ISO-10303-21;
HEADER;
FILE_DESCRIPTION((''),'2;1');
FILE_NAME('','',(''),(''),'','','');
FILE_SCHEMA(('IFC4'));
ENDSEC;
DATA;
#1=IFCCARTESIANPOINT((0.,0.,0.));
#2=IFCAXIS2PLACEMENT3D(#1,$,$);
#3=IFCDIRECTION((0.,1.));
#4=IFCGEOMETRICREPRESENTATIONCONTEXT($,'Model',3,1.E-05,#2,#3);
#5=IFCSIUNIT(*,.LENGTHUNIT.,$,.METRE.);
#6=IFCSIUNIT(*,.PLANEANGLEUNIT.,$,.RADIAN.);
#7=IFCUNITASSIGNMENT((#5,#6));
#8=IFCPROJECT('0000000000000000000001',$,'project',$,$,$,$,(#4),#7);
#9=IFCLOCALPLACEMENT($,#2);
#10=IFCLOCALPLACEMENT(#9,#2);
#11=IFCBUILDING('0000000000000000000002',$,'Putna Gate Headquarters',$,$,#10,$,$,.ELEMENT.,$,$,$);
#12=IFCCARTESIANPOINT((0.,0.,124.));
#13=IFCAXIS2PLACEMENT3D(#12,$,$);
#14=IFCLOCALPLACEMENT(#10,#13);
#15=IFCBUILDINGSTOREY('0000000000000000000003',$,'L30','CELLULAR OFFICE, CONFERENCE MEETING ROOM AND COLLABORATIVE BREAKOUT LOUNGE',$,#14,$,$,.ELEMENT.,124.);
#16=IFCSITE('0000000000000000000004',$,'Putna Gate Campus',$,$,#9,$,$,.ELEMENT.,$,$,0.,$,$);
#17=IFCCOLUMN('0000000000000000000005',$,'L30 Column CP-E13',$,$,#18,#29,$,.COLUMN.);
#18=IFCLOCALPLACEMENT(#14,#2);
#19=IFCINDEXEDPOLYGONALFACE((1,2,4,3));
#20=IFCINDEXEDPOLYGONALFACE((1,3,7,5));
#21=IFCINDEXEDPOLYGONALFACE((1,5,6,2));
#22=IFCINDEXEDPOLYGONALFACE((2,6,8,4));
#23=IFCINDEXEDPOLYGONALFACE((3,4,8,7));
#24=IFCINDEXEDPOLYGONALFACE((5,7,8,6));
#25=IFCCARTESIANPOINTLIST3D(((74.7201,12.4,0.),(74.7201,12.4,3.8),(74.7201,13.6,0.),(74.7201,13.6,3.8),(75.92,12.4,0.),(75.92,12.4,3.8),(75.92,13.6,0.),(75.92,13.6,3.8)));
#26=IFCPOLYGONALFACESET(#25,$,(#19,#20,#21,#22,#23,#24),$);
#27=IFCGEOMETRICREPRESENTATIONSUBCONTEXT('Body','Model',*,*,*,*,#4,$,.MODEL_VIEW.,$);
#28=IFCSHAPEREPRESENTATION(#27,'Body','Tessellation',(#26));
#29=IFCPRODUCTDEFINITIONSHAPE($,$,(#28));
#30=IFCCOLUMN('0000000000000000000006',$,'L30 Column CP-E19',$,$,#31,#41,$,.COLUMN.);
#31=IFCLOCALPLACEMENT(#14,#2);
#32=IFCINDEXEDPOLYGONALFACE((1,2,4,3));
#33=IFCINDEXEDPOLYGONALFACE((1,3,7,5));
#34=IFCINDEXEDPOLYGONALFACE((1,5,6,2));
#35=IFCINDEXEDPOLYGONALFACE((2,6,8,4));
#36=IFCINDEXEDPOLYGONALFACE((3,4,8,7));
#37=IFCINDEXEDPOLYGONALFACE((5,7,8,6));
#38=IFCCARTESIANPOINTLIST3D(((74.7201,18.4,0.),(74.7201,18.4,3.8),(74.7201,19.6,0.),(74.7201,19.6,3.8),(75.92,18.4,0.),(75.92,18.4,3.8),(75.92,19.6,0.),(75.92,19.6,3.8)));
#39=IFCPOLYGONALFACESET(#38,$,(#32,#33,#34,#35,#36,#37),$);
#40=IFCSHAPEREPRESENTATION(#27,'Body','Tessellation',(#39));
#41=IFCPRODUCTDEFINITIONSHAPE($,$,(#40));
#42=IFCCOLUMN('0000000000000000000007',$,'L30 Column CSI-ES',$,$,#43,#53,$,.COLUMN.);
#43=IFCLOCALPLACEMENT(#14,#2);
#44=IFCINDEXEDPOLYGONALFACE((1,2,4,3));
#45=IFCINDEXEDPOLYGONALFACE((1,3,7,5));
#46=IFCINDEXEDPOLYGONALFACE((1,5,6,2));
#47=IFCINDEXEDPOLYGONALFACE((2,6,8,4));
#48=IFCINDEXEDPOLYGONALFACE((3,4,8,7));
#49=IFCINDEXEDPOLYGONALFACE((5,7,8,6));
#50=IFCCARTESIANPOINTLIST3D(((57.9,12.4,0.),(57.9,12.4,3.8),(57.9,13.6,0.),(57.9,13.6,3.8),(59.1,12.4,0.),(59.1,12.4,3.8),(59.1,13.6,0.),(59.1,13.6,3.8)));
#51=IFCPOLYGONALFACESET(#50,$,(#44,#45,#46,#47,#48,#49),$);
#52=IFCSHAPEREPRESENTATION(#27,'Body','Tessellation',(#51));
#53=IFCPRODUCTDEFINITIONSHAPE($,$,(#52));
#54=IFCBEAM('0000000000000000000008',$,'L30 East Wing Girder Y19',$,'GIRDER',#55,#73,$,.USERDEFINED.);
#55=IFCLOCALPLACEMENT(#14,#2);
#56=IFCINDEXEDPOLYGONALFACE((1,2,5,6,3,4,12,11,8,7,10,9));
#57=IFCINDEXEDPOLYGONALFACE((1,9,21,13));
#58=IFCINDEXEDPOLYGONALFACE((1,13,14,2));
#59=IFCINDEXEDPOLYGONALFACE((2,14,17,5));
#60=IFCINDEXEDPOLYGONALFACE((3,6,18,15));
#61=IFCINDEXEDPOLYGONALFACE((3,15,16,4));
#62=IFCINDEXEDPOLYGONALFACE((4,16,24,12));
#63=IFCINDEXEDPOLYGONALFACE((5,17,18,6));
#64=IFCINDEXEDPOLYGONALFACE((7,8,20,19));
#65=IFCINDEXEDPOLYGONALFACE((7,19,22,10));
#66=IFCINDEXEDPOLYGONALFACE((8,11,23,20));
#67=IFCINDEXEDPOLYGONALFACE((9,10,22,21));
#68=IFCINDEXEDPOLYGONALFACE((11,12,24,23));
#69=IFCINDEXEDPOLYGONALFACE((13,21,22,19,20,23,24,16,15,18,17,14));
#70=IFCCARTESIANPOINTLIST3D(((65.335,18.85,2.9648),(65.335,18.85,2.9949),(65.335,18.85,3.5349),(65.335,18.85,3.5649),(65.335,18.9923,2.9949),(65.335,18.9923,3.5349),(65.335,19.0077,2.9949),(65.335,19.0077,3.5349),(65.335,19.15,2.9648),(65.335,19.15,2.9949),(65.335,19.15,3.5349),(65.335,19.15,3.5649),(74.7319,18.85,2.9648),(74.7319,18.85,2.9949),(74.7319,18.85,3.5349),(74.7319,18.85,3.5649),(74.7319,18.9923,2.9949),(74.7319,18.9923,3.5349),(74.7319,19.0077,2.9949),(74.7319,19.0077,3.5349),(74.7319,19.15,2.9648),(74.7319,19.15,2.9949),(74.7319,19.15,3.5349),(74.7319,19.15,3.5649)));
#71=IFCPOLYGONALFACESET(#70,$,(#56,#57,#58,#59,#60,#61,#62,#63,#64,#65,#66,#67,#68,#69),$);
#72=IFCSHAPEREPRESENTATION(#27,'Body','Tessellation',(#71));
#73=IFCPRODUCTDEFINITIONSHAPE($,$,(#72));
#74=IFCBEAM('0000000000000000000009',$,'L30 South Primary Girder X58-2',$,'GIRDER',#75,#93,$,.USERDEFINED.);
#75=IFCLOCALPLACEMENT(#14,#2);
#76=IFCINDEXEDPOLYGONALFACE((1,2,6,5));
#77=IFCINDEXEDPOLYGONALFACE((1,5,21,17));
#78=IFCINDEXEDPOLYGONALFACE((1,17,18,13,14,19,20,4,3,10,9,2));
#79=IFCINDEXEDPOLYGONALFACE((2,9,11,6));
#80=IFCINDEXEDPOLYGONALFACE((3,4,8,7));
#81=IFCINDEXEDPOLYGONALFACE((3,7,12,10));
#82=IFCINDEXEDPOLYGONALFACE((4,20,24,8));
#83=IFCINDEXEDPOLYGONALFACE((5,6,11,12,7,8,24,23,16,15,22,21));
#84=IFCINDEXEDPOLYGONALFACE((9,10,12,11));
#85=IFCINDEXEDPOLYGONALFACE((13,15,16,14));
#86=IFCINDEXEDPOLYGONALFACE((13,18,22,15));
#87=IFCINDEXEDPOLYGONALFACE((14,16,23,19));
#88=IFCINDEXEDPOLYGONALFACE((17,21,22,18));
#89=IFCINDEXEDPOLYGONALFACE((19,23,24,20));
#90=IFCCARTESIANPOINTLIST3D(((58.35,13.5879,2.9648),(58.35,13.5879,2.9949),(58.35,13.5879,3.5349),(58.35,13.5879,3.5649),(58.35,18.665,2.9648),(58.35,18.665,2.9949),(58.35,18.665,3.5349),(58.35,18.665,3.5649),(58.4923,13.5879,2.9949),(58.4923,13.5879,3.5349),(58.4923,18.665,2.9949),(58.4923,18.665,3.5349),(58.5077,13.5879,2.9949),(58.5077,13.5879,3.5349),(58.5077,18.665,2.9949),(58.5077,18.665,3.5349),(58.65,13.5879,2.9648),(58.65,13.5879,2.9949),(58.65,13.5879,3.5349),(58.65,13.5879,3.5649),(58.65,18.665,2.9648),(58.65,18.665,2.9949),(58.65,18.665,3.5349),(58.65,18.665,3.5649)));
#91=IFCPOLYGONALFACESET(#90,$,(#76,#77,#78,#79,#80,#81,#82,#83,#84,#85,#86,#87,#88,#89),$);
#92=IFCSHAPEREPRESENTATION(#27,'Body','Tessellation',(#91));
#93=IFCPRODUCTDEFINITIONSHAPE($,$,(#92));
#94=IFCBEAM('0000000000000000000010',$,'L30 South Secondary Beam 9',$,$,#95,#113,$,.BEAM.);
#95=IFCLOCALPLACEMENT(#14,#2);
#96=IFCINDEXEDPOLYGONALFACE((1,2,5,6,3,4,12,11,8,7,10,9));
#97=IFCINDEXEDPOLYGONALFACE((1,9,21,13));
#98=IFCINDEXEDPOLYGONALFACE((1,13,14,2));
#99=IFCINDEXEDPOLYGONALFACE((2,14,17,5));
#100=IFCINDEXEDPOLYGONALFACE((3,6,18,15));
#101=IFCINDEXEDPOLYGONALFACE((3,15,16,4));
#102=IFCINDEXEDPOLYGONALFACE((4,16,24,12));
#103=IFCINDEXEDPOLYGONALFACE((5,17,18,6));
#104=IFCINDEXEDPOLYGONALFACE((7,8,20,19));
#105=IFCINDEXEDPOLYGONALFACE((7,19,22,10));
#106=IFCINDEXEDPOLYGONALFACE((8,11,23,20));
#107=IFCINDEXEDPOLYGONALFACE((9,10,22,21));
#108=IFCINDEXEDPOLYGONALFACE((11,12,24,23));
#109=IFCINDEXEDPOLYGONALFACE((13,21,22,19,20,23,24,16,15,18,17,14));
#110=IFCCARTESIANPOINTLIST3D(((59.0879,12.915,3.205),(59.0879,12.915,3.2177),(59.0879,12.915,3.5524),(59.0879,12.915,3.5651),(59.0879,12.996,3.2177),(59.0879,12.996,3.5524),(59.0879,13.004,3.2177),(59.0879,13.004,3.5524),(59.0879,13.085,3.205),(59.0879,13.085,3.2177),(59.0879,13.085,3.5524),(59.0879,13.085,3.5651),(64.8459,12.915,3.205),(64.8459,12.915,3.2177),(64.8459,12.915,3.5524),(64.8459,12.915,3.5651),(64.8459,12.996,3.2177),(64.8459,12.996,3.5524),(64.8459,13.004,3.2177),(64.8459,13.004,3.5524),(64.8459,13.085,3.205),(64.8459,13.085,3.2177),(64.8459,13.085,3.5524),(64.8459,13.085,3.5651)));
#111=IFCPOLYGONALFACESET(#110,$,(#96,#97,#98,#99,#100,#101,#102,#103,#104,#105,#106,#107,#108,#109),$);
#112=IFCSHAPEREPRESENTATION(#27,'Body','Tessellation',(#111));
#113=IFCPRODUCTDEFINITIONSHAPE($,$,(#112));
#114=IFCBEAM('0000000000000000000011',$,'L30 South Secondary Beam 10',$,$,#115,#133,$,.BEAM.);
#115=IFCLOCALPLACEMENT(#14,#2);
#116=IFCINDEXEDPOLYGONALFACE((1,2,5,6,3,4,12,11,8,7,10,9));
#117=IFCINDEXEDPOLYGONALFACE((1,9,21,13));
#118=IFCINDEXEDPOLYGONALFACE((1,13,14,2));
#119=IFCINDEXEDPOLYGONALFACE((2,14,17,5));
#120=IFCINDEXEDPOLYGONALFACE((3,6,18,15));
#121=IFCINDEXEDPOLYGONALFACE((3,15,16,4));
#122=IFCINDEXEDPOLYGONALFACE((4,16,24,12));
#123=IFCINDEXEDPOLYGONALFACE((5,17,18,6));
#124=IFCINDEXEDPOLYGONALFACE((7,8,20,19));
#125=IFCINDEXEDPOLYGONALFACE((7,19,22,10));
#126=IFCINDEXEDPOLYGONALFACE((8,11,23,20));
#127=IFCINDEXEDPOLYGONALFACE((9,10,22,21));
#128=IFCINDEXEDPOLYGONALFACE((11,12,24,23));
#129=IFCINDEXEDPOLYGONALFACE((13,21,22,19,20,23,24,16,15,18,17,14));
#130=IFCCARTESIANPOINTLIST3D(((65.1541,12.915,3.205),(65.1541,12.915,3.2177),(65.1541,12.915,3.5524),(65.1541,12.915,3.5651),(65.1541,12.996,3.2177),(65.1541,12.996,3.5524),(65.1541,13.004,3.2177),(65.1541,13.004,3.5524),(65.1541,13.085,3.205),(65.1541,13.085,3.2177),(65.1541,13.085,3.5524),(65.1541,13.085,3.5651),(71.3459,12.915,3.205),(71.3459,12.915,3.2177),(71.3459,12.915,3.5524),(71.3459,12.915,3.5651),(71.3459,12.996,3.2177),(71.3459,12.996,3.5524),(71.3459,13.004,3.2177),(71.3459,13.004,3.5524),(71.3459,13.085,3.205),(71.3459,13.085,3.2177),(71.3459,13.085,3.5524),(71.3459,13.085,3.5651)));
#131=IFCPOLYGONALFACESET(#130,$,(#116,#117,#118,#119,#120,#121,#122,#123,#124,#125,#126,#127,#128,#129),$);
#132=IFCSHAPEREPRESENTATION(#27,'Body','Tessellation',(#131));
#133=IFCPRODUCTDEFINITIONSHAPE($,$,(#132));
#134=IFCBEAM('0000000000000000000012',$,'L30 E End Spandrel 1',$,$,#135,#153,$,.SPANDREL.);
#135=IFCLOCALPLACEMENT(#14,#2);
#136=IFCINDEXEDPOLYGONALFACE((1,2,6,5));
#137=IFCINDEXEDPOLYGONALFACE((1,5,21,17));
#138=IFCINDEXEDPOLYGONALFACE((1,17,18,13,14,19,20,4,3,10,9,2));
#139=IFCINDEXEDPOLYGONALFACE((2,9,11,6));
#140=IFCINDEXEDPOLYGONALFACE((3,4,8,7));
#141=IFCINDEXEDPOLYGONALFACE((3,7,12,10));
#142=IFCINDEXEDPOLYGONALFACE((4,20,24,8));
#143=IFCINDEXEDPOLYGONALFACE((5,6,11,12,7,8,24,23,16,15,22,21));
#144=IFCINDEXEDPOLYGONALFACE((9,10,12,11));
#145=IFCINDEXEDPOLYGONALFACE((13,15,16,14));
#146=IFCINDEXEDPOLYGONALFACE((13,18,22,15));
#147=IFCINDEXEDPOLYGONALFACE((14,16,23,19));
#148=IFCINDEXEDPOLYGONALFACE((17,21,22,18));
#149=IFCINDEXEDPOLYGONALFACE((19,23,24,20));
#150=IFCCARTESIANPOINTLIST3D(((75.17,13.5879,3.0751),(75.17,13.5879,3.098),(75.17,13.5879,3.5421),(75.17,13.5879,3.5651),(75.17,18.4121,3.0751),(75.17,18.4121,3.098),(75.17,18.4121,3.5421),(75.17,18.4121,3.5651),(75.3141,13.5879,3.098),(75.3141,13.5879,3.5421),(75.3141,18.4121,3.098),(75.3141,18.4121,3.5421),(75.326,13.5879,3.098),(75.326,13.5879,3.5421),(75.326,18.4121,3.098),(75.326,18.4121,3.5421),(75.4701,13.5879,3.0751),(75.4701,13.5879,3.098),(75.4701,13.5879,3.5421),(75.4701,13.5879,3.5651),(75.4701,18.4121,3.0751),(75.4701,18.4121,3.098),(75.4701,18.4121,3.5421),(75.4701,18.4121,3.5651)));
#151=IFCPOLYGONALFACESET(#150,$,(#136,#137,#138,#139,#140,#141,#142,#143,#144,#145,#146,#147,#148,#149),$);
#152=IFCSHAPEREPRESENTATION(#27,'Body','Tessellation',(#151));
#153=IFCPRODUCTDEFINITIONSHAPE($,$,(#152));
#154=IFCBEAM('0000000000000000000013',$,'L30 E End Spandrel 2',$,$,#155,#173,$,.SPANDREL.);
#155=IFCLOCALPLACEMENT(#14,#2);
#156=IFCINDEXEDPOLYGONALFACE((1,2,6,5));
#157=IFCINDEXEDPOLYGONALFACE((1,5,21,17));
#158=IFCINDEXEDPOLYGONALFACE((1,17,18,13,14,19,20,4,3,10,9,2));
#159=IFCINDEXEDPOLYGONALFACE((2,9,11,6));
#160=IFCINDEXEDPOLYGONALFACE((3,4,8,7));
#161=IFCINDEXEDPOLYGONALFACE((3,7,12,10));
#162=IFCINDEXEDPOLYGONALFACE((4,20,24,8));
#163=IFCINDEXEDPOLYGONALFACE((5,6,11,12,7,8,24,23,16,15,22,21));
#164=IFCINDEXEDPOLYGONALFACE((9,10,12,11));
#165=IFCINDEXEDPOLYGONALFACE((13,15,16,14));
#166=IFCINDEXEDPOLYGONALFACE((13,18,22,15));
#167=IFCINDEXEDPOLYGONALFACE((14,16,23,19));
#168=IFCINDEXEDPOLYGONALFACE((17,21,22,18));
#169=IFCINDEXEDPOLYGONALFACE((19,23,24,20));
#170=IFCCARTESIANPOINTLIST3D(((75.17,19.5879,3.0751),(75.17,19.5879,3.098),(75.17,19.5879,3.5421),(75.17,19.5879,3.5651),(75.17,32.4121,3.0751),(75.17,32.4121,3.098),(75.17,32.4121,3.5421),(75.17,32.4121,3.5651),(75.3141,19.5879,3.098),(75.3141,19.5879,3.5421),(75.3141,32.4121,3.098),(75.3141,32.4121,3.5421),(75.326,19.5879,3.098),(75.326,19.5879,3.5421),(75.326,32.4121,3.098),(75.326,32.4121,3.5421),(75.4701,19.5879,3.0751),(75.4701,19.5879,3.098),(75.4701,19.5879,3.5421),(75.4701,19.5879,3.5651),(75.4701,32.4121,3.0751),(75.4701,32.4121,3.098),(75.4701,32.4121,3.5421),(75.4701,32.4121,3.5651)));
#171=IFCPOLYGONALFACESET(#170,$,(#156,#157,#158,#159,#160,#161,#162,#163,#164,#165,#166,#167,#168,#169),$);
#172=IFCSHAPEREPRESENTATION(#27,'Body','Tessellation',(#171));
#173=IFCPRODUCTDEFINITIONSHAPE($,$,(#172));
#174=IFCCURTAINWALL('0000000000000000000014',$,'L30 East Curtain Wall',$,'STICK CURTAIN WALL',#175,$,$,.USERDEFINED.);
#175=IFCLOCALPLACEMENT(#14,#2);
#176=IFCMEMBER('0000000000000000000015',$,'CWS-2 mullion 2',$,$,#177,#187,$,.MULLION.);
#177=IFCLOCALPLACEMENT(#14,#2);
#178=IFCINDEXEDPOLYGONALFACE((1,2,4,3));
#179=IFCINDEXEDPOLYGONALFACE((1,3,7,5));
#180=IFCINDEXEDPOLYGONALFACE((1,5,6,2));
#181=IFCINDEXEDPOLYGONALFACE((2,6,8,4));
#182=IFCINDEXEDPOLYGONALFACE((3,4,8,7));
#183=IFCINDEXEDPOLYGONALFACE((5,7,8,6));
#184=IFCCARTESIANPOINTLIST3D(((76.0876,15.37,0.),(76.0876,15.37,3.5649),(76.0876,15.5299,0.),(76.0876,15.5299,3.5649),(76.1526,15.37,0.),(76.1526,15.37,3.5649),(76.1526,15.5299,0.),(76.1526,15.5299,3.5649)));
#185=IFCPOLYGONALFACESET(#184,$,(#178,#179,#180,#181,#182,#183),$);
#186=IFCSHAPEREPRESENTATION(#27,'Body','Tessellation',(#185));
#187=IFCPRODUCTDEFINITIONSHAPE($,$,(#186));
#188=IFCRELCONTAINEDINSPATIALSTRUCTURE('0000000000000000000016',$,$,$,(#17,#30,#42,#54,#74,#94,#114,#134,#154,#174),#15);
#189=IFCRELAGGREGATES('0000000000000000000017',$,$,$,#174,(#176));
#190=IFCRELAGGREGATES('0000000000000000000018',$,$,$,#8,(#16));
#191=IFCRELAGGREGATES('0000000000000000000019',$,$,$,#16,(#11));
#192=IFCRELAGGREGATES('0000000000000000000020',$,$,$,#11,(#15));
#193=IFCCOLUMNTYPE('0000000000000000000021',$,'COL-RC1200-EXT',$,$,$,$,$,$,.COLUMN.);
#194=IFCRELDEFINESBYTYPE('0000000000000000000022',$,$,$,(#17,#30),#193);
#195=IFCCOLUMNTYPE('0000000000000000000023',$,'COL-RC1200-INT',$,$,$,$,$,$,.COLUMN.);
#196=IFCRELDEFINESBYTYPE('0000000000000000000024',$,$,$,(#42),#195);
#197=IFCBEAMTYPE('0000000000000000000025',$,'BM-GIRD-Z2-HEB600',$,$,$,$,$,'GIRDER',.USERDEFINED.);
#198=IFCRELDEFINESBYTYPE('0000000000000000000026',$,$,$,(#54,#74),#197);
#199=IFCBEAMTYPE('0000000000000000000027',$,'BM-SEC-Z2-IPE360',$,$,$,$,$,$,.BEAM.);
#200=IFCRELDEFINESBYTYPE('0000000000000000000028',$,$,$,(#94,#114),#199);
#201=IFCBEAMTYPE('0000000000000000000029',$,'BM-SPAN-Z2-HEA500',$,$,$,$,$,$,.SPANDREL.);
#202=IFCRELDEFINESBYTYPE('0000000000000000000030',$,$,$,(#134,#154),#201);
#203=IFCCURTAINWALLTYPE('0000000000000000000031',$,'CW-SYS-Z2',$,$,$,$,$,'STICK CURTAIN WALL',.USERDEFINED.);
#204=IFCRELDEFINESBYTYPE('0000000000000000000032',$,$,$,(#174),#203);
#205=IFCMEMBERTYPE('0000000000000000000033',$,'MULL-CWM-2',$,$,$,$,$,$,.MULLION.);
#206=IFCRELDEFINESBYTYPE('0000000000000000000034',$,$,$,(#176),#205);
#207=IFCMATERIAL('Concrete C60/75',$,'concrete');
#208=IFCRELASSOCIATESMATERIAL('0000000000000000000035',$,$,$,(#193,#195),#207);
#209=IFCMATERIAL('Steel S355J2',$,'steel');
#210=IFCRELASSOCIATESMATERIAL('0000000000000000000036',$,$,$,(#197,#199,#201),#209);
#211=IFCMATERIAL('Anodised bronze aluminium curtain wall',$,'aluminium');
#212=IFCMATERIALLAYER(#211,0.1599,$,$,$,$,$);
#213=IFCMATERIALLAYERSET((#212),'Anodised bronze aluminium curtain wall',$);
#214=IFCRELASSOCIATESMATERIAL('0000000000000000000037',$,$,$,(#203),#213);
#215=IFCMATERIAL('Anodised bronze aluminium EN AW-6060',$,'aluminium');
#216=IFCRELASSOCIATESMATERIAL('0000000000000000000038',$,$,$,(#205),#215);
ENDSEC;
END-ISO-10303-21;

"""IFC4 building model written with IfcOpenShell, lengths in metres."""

from ifc_helpers import new_model, si_unit, direction, frame, origin, origin_2d, place, context, subcontext, project, spatial, rectangle, i_section, extrude, material, layer, layer_set, material_profile, profile_set, type_object, element, aggregate, save


model = new_model("IFC4")

# Units and contexts
model_context = context("Model", 3, precision=1e-05, world=origin(), true_north=direction((0.0, 1.0)))
body_context = subcontext(model_context, "Body", "Model", "MODEL_VIEW")
ifc_project = project(units=[si_unit("LENGTHUNIT", "METRE"), si_unit("PLANEANGLEUNIT", "RADIAN")], contexts=[model_context])

# Site, building, storey
site_placement = place(None, origin())
site = spatial("IfcSite", under=ifc_project, at=site_placement, Name="Putna Gate Campus", CompositionType="ELEMENT", RefElevation=0.0)
building_placement = place(site_placement, origin())
building = spatial("IfcBuilding", under=site, at=building_placement, Name="Putna Gate Headquarters", CompositionType="ELEMENT")
storey_placement = place(building_placement, frame((0.0, 0.0, 124.0)))
storey = spatial("IfcBuildingStorey", under=building, at=storey_placement, Name="L30", Description="CELLULAR OFFICE, CONFERENCE MEETING ROOM AND COLLABORATIVE BREAKOUT LOUNGE", CompositionType="ELEMENT", Elevation=124.0)

# Columns
ifc_material_1 = material(Name="Concrete C60/75", Category="concrete")
ifc_material_profile_1 = material_profile(ifc_material_1, rectangle(XDim=1.2, YDim=1.2, at=origin_2d()), Name="Concrete C60/75")
ifc_profile_set_1 = profile_set([ifc_material_profile_1], Name="Concrete C60/75")
column_type_1 = type_object("IfcColumnType", Name="COL-RC1200-EXT", PredefinedType="COLUMN", material=ifc_profile_set_1)
for number, where, z_axis, x_axis, name in (
    (1, (75.3201, 13.0, 0.0), (0.0, 0.0, 1.0), (1.0, 0.0, 0.0), "L30 Column CP-E13"),
    (2, (75.3201, 19.0, 0.0), (0.0, 0.0, 1.0), (1.0, 0.0, 0.0), "L30 Column CP-E19"),
):
    element("IfcColumn", number, at=place(storey_placement, frame(where, z_axis=z_axis, x_axis=x_axis)), inside=storey, type_object=column_type_1, Name=name, PredefinedType="COLUMN", context=body_context, shape_type="SweptSolid", body=[
        extrude(rectangle(XDim=1.2, YDim=1.2, at=origin_2d()), origin(), (0.0, 0.0, 1.0), 3.8),
    ])
ifc_material_profile_2 = material_profile(ifc_material_1, rectangle(XDim=1.2, YDim=1.2, at=origin_2d()), Name="Concrete C60/75")
ifc_profile_set_2 = profile_set([ifc_material_profile_2], Name="Concrete C60/75")
column_type_2 = type_object("IfcColumnType", Name="COL-RC1200-INT", PredefinedType="COLUMN", material=ifc_profile_set_2)
column_placement = place(storey_placement, frame((58.5, 13.0, 0.0), z_axis=(0.0, 0.0, 1.0), x_axis=(1.0, 0.0, 0.0)))
element("IfcColumn", 3, at=column_placement, inside=storey, type_object=column_type_2, Name="L30 Column CSI-ES", PredefinedType="COLUMN", context=body_context, shape_type="SweptSolid", body=[
    extrude(rectangle(XDim=1.2, YDim=1.2, at=origin_2d()), origin(), (0.0, 0.0, 1.0), 3.8),
])

# Beams
ifc_material_2 = material(Name="Steel S355J2", Category="steel")
ifc_material_profile_3 = material_profile(ifc_material_2, i_section(OverallWidth=0.3, OverallDepth=0.6001, WebThickness=0.0154, FlangeThickness=0.03, at=origin_2d()), Name="Steel S355J2")
ifc_profile_set_3 = profile_set([ifc_material_profile_3], Name="Steel S355J2")
beam_type_1 = type_object("IfcBeamType", Name="BM-GIRD-Z2-HEB600", ElementType="GIRDER", PredefinedType="USERDEFINED", material=ifc_profile_set_3)
beam_1_placement = place(storey_placement, frame((65.335, 19.0, 3.2649), z_axis=(1.0, 0.0, 0.0), x_axis=(0.0, 1.0, 0.0)))
element("IfcBeam", 4, at=beam_1_placement, inside=storey, type_object=beam_type_1, Name="L30 East Wing Girder Y19", ObjectType="GIRDER", PredefinedType="USERDEFINED", context=body_context, shape_type="SweptSolid", body=[
    extrude(i_section(OverallWidth=0.3, OverallDepth=0.6001, WebThickness=0.0154, FlangeThickness=0.03, at=origin_2d()), origin(), (0.0, 0.0, 1.0), 9.397),
])
beam_2_placement = place(storey_placement, frame((58.5, 13.5879, 3.2649), z_axis=(0.0, 1.0, 0.0), x_axis=(-1.0, 0.0, 0.0)))
element("IfcBeam", 5, at=beam_2_placement, inside=storey, type_object=beam_type_1, Name="L30 South Primary Girder X58-2", ObjectType="GIRDER", PredefinedType="USERDEFINED", context=body_context, shape_type="SweptSolid", body=[
    extrude(i_section(OverallWidth=0.3, OverallDepth=0.6001, WebThickness=0.0154, FlangeThickness=0.03, at=origin_2d()), origin(), (0.0, 0.0, 1.0), 5.0771),
])
ifc_material_profile_4 = material_profile(ifc_material_2, i_section(OverallWidth=0.1699, OverallDepth=0.3601, WebThickness=0.0081, FlangeThickness=0.0127, at=origin_2d()), Name="Steel S355J2")
ifc_profile_set_4 = profile_set([ifc_material_profile_4], Name="Steel S355J2")
beam_type_2 = type_object("IfcBeamType", Name="BM-SEC-Z2-IPE360", PredefinedType="BEAM", material=ifc_profile_set_4)
beam_3_placement = place(storey_placement, frame((59.0879, 13.0, 3.385), z_axis=(1.0, 0.0, 0.0), x_axis=(0.0, 1.0, 0.0)))
element("IfcBeam", 6, at=beam_3_placement, inside=storey, type_object=beam_type_2, Name="L30 South Secondary Beam 9", PredefinedType="BEAM", context=body_context, shape_type="SweptSolid", body=[
    extrude(i_section(OverallWidth=0.1699, OverallDepth=0.3601, WebThickness=0.0081, FlangeThickness=0.0127, at=origin_2d()), origin(), (0.0, 0.0, 1.0), 5.7581),
])
beam_4_placement = place(storey_placement, frame((65.1541, 13.0, 3.385), z_axis=(1.0, 0.0, 0.0), x_axis=(0.0, 1.0, 0.0)))
element("IfcBeam", 7, at=beam_4_placement, inside=storey, type_object=beam_type_2, Name="L30 South Secondary Beam 10", PredefinedType="BEAM", context=body_context, shape_type="SweptSolid", body=[
    extrude(i_section(OverallWidth=0.1699, OverallDepth=0.3601, WebThickness=0.0081, FlangeThickness=0.0127, at=origin_2d()), origin(), (0.0, 0.0, 1.0), 6.1919),
])
ifc_material_profile_5 = material_profile(ifc_material_2, i_section(OverallWidth=0.3, OverallDepth=0.49, WebThickness=0.012, FlangeThickness=0.0229, at=origin_2d()), Name="Steel S355J2")
ifc_profile_set_5 = profile_set([ifc_material_profile_5], Name="Steel S355J2")
beam_type_3 = type_object("IfcBeamType", Name="BM-SPAN-Z2-HEA500", PredefinedType="SPANDREL", material=ifc_profile_set_5)
beam_5_placement = place(storey_placement, frame((75.3201, 13.5879, 3.3201), z_axis=(0.0, 1.0, 0.0), x_axis=(-1.0, 0.0, 0.0)))
element("IfcBeam", 8, at=beam_5_placement, inside=storey, type_object=beam_type_3, Name="L30 E End Spandrel 1", PredefinedType="SPANDREL", context=body_context, shape_type="SweptSolid", body=[
    extrude(i_section(OverallWidth=0.3, OverallDepth=0.49, WebThickness=0.012, FlangeThickness=0.0229, at=origin_2d()), origin(), (0.0, 0.0, 1.0), 4.8242),
])
beam_6_placement = place(storey_placement, frame((75.3201, 19.5879, 3.3201), z_axis=(0.0, 1.0, 0.0), x_axis=(-1.0, 0.0, 0.0)))
element("IfcBeam", 9, at=beam_6_placement, inside=storey, type_object=beam_type_3, Name="L30 E End Spandrel 2", PredefinedType="SPANDREL", context=body_context, shape_type="SweptSolid", body=[
    extrude(i_section(OverallWidth=0.3, OverallDepth=0.49, WebThickness=0.012, FlangeThickness=0.0229, at=origin_2d()), origin(), (0.0, 0.0, 1.0), 12.8242),
])

# Curtain wall, member
ifc_material_3 = material(Name="Anodised bronze aluminium curtain wall", Category="aluminium")
ifc_layer_1 = layer(ifc_material_3, 0.1599)
ifc_layer_set_1 = layer_set([ifc_layer_1], Name="Anodised bronze aluminium curtain wall")
curtain_wall_type = type_object("IfcCurtainWallType", Name="CW-SYS-Z2", ElementType="STICK CURTAIN WALL", PredefinedType="USERDEFINED", material=ifc_layer_set_1)
curtain_wall_placement = place(storey_placement, origin())
curtain_wall = element("IfcCurtainWall", 10, at=curtain_wall_placement, inside=storey, type_object=curtain_wall_type, Name="L30 East Curtain Wall", ObjectType="STICK CURTAIN WALL", PredefinedType="USERDEFINED")
ifc_material_4 = material(Name="Anodised bronze aluminium EN AW-6060", Category="aluminium")
ifc_material_profile_6 = material_profile(ifc_material_4, rectangle(XDim=0.0649, YDim=0.1599, at=origin_2d()), Name="Anodised bronze aluminium EN AW-6060")
ifc_profile_set_6 = profile_set([ifc_material_profile_6], Name="Anodised bronze aluminium EN AW-6060")
member_type_1 = type_object("IfcMemberType", Name="MULL-CWM-2", PredefinedType="MULLION", material=ifc_profile_set_6)
member_1_placement = place(storey_placement, frame((76.1201, 15.45, 0.0), z_axis=(0.0, 0.0, 1.0), x_axis=(-1.0, 0.0, 0.0)))
member_1 = element("IfcMember", 11, at=member_1_placement, type_object=member_type_1, Name="CWS-2 mullion 2", PredefinedType="MULLION", context=body_context, shape_type="SweptSolid", body=[
    extrude(rectangle(XDim=0.0649, YDim=0.1599, at=origin_2d()), origin(), (0.0, 0.0, 1.0), 3.5649),
])
aggregate(curtain_wall, [member_1])

save(model, "model.ifc")
